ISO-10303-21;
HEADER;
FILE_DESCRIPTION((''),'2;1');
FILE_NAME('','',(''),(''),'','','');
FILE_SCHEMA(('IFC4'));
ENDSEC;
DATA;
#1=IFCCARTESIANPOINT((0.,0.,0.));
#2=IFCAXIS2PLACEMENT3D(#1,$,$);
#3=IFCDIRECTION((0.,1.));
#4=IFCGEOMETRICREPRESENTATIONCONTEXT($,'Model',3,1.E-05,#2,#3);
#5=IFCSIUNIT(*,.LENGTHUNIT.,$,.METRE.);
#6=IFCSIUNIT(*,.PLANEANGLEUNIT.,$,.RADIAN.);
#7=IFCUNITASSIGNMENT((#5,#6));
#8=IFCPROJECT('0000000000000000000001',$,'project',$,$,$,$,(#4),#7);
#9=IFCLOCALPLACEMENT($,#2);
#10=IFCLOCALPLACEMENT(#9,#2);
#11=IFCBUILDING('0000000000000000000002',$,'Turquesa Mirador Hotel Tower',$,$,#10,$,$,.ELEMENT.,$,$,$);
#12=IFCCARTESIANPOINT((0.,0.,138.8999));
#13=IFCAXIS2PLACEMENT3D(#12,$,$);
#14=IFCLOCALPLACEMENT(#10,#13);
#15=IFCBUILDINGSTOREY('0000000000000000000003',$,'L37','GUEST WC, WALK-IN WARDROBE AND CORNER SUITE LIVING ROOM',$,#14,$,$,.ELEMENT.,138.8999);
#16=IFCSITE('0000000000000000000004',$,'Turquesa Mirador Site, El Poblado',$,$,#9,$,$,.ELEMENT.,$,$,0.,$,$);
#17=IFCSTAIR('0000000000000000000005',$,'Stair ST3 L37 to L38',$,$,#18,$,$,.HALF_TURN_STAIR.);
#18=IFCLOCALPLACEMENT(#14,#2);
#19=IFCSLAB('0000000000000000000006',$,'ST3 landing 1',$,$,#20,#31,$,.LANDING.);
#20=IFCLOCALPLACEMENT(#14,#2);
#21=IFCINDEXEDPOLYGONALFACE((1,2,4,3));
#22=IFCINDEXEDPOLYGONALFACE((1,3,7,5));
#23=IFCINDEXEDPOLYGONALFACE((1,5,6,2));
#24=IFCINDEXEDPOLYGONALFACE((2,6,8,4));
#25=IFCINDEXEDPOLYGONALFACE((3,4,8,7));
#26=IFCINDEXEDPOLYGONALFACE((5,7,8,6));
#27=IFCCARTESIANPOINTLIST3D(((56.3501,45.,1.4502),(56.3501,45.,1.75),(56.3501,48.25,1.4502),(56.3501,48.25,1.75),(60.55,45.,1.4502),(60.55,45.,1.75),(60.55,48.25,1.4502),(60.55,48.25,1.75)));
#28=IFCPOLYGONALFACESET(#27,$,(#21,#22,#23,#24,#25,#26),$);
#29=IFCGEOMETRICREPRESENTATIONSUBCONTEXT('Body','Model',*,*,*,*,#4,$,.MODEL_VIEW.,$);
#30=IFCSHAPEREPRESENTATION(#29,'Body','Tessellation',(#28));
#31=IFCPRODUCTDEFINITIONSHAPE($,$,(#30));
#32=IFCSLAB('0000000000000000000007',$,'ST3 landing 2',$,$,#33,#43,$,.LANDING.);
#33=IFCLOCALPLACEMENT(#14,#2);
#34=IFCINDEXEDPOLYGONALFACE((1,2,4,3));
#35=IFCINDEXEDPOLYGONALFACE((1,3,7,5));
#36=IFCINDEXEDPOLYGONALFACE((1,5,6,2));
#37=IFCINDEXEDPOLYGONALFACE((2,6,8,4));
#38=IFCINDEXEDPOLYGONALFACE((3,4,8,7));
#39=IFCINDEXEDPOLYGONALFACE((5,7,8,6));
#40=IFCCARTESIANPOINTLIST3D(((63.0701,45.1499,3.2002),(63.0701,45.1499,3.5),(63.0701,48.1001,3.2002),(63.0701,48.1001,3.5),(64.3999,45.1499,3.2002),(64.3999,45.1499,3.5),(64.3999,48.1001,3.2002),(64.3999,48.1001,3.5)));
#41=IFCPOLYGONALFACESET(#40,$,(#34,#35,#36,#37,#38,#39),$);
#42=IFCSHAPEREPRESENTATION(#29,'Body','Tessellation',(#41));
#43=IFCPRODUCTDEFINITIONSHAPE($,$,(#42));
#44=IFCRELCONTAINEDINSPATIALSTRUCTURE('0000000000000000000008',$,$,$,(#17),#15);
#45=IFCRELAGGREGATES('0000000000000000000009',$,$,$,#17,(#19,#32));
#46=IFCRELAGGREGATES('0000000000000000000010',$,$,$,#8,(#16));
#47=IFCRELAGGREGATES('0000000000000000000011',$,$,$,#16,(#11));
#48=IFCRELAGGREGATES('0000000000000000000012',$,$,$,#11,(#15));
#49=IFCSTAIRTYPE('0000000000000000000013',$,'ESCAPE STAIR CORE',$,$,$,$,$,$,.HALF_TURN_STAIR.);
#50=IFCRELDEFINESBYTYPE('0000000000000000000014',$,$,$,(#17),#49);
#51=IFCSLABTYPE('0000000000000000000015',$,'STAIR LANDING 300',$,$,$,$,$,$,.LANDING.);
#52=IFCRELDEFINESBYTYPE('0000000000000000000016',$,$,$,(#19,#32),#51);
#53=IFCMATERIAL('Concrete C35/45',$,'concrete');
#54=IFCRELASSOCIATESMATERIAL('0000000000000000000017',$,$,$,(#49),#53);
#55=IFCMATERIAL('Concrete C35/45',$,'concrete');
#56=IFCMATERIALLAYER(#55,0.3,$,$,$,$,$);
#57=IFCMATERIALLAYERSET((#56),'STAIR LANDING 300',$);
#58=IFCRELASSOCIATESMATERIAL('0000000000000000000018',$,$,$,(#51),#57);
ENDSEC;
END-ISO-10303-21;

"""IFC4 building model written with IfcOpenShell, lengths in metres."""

from ifc_helpers import new_model, si_unit, direction, frame, origin, place, context, subcontext, project, spatial, polyline, outline, extrude, material, layer, layer_set, type_object, element, aggregate, save


model = new_model("IFC4")

# Units and contexts
model_context = context("Model", 3, precision=1e-05, world=origin(), true_north=direction((0.0, 1.0)))
body_context = subcontext(model_context, "Body", "Model", "MODEL_VIEW")
ifc_project = project(units=[si_unit("LENGTHUNIT", "METRE"), si_unit("PLANEANGLEUNIT", "RADIAN")], contexts=[model_context])

# Site, building, storey
site_placement = place(None, origin())
site = spatial("IfcSite", under=ifc_project, at=site_placement, Name="Turquesa Mirador Site, El Poblado", CompositionType="ELEMENT", RefElevation=0.0)
building_placement = place(site_placement, origin())
building = spatial("IfcBuilding", under=site, at=building_placement, Name="Turquesa Mirador Hotel Tower", CompositionType="ELEMENT")
storey_placement = place(building_placement, frame((0.0, 0.0, 138.8999)))
storey = spatial("IfcBuildingStorey", under=building, at=storey_placement, Name="L37", Description="GUEST WC, WALK-IN WARDROBE AND CORNER SUITE LIVING ROOM", CompositionType="ELEMENT", Elevation=138.8999)

# Stair, slabs
ifc_material_1 = material(Name="Concrete C35/45", Category="concrete")
stair_type = type_object("IfcStairType", Name="ESCAPE STAIR CORE", PredefinedType="HALF_TURN_STAIR", material=ifc_material_1)
ifc_material_2 = material(Name="Concrete C35/45", Category="concrete")
ifc_layer_1 = layer(ifc_material_2, 0.3)
ifc_layer_set_1 = layer_set([ifc_layer_1], Name="STAIR LANDING 300")
slab_type_1 = type_object("IfcSlabType", Name="STAIR LANDING 300", PredefinedType="LANDING", material=ifc_layer_set_1)
stair_1_placement = place(storey_placement, origin())
stair_1 = element("IfcStair", 1, at=stair_1_placement, inside=storey, type_object=stair_type, Name="Stair ST3 L37 to L38", PredefinedType="HALF_TURN_STAIR")
slab_1_placement = place(storey_placement, frame((0.0, 0.0, 1.4502)))
slab_1 = element("IfcSlab", 2, at=slab_1_placement, type_object=slab_type_1, Name="ST3 landing 1", PredefinedType="LANDING", context=body_context, shape_type="SweptSolid", body=[
    extrude(outline(polyline([(56.3501, 45.0), (60.55, 45.0), (60.55, 48.25), (56.3501, 48.25), (56.3501, 45.0)])), origin(), (0.0, 0.0, 1.0), 0.2998),
])
slab_2_placement = place(storey_placement, frame((0.0, 0.0, 3.2002)))
slab_2 = element("IfcSlab", 3, at=slab_2_placement, type_object=slab_type_1, Name="ST3 landing 2", PredefinedType="LANDING", context=body_context, shape_type="SweptSolid", body=[
    extrude(outline(polyline([(63.0701, 45.1499), (64.3999, 45.1499), (64.3999, 48.1001), (63.0701, 48.1001), (63.0701, 45.1499)])), origin(), (0.0, 0.0, 1.0), 0.2998),
])
aggregate(stair_1, [slab_1, slab_2])

save(model, "model.ifc")
